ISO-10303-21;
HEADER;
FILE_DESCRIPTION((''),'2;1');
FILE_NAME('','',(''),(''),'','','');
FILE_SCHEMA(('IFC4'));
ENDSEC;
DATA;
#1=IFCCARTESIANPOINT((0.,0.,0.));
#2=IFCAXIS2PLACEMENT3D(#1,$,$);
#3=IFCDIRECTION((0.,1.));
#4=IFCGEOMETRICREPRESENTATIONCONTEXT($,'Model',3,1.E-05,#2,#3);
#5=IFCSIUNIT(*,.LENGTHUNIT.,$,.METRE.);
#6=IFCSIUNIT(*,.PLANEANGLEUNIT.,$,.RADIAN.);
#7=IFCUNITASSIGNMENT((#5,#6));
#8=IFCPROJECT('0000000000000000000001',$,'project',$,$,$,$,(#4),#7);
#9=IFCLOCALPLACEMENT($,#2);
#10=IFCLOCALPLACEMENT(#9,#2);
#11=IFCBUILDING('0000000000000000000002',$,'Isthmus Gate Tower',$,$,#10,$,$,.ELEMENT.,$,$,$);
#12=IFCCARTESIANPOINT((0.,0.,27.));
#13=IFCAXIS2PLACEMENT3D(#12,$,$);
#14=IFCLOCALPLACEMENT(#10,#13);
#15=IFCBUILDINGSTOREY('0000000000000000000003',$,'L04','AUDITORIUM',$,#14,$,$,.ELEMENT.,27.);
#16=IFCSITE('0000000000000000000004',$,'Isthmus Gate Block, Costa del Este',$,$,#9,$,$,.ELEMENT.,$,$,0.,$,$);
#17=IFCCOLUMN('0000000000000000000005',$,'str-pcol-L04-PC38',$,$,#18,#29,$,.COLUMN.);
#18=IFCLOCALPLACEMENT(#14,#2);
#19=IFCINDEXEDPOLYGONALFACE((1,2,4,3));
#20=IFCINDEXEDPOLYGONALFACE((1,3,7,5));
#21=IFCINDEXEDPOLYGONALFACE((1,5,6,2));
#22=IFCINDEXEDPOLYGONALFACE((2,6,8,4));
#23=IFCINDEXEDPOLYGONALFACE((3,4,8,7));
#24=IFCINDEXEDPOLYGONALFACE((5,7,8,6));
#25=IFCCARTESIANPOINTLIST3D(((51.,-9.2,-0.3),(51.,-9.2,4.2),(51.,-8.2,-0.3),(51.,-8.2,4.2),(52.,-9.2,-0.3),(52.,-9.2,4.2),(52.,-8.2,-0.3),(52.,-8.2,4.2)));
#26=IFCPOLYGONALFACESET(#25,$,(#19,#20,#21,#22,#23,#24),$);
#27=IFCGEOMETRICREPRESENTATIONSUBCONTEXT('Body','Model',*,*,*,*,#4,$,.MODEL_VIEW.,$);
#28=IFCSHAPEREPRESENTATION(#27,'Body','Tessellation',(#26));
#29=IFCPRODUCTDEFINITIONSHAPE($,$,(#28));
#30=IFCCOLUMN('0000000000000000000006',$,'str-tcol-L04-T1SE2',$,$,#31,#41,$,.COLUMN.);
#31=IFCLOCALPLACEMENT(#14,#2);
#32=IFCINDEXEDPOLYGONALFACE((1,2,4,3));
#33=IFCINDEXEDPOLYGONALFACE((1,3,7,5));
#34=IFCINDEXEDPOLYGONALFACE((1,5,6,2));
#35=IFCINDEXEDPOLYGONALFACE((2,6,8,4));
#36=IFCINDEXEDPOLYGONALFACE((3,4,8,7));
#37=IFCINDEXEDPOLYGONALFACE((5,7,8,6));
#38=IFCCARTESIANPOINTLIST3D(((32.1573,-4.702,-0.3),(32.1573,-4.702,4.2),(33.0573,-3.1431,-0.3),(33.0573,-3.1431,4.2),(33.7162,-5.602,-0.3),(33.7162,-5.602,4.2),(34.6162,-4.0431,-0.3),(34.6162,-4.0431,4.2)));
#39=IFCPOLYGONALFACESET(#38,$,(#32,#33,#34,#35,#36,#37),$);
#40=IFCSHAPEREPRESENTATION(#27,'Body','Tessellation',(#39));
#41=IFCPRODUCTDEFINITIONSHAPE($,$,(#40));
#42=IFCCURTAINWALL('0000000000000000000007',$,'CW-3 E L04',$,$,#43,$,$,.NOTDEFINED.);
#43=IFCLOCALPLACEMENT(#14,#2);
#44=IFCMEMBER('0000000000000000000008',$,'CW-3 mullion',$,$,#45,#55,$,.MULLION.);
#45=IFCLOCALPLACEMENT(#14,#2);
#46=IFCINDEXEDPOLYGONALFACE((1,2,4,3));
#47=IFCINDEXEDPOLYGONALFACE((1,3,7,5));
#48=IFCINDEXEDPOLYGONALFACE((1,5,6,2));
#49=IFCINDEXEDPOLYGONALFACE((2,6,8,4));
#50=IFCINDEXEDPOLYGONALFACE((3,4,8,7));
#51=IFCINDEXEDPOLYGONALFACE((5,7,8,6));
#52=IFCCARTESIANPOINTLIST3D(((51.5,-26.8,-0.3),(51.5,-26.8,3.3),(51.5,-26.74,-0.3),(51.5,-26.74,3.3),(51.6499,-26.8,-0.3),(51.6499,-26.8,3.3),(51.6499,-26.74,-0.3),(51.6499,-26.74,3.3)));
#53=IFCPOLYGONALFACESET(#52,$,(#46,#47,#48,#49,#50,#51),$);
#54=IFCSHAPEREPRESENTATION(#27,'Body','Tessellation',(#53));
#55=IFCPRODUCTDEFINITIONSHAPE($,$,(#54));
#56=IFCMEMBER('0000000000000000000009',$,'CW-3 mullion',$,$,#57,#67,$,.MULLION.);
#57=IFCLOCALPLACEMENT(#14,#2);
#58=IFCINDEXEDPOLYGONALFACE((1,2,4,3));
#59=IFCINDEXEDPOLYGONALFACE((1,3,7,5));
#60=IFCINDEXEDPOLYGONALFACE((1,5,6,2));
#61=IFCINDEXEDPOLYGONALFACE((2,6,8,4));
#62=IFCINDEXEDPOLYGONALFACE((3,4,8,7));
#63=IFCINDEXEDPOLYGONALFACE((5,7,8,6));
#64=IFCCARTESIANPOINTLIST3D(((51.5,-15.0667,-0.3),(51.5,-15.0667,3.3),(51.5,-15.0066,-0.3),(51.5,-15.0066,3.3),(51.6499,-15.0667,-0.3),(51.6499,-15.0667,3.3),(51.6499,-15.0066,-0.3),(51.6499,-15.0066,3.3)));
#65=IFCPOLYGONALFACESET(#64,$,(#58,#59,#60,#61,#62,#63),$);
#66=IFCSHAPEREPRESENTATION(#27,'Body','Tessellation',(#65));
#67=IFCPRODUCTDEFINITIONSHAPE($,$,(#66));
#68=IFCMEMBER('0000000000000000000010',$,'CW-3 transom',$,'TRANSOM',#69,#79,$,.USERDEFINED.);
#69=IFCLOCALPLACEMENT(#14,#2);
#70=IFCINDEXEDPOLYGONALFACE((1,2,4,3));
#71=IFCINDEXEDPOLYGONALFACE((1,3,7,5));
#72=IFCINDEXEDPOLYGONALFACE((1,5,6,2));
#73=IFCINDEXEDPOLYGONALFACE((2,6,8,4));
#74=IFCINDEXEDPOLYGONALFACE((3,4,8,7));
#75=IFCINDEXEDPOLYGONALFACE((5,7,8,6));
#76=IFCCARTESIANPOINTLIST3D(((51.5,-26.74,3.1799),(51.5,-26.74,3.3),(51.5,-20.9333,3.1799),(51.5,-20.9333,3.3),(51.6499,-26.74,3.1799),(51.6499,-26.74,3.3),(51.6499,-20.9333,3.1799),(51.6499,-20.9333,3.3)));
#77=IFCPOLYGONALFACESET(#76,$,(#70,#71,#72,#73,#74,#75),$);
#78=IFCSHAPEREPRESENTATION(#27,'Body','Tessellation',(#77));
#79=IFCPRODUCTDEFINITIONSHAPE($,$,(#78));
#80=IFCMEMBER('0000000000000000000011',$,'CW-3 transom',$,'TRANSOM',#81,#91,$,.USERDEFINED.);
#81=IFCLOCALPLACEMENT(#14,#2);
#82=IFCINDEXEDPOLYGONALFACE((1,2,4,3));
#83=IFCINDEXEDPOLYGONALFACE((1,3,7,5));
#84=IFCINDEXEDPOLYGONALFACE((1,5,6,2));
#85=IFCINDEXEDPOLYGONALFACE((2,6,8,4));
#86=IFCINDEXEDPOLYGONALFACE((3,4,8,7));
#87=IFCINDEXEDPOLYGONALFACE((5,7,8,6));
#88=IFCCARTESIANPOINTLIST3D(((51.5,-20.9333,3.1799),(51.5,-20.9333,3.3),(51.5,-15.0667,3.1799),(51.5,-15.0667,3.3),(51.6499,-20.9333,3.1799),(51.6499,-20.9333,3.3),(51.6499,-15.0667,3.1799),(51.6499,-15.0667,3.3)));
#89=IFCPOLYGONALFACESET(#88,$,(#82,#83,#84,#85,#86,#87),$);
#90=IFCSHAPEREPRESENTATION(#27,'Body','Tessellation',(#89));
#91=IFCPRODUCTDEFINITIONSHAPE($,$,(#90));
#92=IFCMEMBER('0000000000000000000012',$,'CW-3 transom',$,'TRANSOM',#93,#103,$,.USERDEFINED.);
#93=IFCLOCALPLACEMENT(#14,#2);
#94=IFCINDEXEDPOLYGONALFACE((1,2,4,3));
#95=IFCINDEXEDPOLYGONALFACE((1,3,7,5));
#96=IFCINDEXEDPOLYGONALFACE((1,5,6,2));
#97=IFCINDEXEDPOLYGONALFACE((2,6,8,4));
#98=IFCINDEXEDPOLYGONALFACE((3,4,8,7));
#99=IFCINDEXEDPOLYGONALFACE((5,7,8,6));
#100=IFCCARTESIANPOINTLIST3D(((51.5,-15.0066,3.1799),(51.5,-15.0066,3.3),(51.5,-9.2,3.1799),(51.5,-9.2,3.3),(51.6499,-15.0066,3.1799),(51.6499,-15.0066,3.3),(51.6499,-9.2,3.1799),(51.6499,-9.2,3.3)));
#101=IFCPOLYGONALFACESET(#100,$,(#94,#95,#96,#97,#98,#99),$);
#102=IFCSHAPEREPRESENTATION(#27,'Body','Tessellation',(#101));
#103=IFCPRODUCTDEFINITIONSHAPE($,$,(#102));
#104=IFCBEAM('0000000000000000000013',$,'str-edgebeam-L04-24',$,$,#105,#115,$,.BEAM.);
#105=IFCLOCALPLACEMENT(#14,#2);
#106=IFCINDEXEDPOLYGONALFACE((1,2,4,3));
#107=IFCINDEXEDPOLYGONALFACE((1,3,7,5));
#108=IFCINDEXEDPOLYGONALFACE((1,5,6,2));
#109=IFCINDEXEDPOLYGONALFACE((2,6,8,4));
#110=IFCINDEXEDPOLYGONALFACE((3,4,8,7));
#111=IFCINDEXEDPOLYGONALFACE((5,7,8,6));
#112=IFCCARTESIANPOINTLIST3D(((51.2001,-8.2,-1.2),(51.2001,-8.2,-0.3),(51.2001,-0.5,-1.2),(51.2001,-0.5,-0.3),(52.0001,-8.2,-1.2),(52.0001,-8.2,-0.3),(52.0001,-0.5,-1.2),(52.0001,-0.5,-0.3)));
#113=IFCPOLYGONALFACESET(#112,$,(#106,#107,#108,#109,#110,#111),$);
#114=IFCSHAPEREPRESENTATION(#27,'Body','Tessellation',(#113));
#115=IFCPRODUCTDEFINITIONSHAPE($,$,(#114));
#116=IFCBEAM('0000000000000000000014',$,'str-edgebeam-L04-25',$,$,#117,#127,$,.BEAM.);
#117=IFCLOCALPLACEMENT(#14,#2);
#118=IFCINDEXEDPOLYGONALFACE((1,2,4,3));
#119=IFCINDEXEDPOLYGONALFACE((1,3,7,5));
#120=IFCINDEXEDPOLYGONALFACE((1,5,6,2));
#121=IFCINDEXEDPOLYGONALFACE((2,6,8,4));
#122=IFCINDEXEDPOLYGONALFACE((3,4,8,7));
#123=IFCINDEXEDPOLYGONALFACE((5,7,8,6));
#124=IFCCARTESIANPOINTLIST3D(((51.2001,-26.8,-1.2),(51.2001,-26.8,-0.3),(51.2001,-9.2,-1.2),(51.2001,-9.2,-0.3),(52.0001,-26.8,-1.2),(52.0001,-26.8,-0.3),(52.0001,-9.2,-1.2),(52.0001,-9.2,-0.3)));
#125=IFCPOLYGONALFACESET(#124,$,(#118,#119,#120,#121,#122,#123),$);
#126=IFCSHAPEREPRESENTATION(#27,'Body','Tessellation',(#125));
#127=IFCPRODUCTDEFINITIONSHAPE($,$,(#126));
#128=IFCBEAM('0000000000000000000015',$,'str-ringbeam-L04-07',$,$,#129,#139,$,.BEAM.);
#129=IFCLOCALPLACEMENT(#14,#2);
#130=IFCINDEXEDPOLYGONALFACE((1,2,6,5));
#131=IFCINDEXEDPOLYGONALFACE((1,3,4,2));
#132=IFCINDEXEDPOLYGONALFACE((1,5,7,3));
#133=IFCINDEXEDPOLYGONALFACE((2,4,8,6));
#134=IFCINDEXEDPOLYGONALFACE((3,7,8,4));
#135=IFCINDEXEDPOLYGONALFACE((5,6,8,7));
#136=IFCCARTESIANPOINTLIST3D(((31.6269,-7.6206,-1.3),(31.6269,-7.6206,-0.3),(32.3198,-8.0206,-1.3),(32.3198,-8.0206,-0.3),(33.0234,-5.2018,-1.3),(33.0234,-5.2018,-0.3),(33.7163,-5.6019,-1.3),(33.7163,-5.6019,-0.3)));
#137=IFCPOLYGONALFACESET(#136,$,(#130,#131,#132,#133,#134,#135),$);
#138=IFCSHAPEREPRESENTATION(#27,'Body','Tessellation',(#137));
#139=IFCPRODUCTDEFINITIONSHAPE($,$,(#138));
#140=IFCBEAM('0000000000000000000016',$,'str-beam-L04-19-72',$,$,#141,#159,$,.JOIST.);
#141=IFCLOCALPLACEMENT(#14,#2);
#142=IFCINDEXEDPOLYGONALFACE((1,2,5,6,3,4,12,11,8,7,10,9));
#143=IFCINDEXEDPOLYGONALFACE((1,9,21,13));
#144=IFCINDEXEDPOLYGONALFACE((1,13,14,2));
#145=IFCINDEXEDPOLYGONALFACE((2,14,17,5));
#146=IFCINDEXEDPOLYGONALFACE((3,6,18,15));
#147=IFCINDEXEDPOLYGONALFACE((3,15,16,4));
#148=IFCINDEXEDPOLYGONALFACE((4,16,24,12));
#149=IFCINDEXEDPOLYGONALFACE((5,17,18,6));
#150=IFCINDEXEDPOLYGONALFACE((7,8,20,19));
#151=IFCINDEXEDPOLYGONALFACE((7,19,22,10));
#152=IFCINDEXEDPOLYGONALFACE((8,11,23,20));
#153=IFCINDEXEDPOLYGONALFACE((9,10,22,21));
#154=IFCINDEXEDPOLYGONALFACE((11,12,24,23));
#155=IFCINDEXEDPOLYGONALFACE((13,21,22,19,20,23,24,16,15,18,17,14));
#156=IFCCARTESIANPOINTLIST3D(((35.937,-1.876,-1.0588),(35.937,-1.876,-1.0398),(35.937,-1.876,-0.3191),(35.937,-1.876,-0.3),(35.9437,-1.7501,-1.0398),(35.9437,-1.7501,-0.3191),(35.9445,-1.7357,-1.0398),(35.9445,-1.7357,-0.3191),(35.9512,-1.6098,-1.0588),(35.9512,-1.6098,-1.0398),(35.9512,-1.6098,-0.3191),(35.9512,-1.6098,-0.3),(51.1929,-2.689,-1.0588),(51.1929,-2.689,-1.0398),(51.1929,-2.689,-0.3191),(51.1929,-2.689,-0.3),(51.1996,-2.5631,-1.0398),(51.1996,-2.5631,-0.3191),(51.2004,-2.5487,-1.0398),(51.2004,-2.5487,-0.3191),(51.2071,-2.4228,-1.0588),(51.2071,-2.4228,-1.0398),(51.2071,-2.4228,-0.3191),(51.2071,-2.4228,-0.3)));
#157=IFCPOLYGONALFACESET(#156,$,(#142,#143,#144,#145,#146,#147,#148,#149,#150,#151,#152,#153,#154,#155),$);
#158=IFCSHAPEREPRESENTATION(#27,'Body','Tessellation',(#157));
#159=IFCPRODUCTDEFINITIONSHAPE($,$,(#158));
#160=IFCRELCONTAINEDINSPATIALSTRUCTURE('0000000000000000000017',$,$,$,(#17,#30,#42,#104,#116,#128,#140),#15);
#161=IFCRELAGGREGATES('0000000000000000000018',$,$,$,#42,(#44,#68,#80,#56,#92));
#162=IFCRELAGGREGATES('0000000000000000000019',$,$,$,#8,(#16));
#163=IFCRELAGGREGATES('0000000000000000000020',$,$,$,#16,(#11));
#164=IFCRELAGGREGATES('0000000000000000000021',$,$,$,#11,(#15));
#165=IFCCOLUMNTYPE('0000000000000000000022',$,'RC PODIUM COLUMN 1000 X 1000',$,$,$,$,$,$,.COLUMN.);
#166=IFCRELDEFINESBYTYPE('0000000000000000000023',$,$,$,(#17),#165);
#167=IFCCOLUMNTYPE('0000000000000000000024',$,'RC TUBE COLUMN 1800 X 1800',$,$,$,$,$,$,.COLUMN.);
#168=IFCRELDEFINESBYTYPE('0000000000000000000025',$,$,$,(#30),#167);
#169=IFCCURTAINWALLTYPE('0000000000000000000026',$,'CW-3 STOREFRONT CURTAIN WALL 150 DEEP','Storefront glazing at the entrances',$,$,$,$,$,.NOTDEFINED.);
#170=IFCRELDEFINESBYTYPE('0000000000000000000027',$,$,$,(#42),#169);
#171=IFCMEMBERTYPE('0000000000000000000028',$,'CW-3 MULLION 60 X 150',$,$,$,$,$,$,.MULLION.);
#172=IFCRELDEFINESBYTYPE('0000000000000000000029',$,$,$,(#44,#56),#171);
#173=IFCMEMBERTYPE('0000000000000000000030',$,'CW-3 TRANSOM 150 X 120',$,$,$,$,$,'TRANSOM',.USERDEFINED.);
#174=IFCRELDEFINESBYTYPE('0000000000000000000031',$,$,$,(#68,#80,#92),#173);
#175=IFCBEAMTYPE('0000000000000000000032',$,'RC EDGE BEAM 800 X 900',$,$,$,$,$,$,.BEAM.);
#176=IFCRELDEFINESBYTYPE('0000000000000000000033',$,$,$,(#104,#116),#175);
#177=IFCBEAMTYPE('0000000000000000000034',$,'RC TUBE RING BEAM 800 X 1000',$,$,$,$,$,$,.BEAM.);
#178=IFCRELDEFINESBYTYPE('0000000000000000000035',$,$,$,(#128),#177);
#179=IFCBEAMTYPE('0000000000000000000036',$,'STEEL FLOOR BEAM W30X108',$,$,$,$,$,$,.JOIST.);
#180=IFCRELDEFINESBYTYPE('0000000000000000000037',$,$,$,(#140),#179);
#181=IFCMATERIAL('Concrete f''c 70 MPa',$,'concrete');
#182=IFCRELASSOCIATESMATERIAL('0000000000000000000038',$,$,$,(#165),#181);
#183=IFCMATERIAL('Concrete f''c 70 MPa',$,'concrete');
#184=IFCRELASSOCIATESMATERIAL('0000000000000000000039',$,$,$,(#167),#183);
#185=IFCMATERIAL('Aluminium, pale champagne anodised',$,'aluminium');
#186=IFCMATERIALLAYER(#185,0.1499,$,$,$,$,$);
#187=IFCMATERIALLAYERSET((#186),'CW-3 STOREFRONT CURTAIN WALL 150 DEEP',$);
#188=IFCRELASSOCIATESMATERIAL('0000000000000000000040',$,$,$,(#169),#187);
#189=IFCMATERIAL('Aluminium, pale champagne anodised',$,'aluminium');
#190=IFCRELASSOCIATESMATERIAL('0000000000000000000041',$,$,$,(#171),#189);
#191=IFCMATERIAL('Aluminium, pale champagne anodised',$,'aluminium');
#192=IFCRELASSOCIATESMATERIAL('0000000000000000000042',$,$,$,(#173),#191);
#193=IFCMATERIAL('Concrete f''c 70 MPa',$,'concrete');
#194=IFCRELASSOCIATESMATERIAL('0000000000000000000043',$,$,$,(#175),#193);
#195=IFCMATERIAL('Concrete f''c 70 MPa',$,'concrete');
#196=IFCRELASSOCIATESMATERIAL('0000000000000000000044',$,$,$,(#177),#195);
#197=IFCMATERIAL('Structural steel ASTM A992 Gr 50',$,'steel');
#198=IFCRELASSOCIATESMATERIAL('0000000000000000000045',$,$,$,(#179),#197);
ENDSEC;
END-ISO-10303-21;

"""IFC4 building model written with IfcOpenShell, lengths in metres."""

from ifc_helpers import new_model, si_unit, direction, frame, origin, origin_2d, place, context, subcontext, project, spatial, rectangle, i_section, extrude, material, layer, layer_set, material_profile, profile_set, type_object, element, aggregate, save


model = new_model("IFC4")

# Units and contexts
model_context = context("Model", 3, precision=1e-05, world=origin(), true_north=direction((0.0, 1.0)))
body_context = subcontext(model_context, "Body", "Model", "MODEL_VIEW")
ifc_project = project(units=[si_unit("LENGTHUNIT", "METRE"), si_unit("PLANEANGLEUNIT", "RADIAN")], contexts=[model_context])

# Site, building, storey
site_placement = place(None, origin())
site = spatial("IfcSite", under=ifc_project, at=site_placement, Name="Isthmus Gate Block, Costa del Este", CompositionType="ELEMENT", RefElevation=0.0)
building_placement = place(site_placement, origin())
building = spatial("IfcBuilding", under=site, at=building_placement, Name="Isthmus Gate Tower", CompositionType="ELEMENT")
storey_placement = place(building_placement, frame((0.0, 0.0, 27.0)))
storey = spatial("IfcBuildingStorey", under=building, at=storey_placement, Name="L04", Description="AUDITORIUM", CompositionType="ELEMENT", Elevation=27.0)

# Columns
ifc_material_1 = material(Name="Concrete f'c 70 MPa", Category="concrete")
ifc_material_profile_1 = material_profile(ifc_material_1, rectangle(XDim=1.0, YDim=1.0, at=origin_2d()), Name="RC 1000X1000")
ifc_profile_set_1 = profile_set([ifc_material_profile_1], Name="Concrete f'c 70 MPa")
column_type_1 = type_object("IfcColumnType", Name="RC PODIUM COLUMN 1000 X 1000", PredefinedType="COLUMN", material=ifc_profile_set_1)
column_1_placement = place(storey_placement, frame((51.5, -8.7, -0.3), z_axis=(0.0, 0.0, 1.0), x_axis=(0.0, 1.0, 0.0)))
element("IfcColumn", 1, at=column_1_placement, inside=storey, type_object=column_type_1, Name="str-pcol-L04-PC38", PredefinedType="COLUMN", context=body_context, shape_type="SweptSolid", body=[
    extrude(rectangle(XDim=1.0, YDim=1.0, at=origin_2d()), origin(), (0.0, 0.0, 1.0), 4.5),
])
ifc_material_2 = material(Name="Concrete f'c 70 MPa", Category="concrete")
ifc_material_profile_2 = material_profile(ifc_material_2, rectangle(XDim=1.8, YDim=1.8, at=origin_2d()), Name="RC 1800X1800")
ifc_profile_set_2 = profile_set([ifc_material_profile_2], Name="Concrete f'c 70 MPa")
column_type_2 = type_object("IfcColumnType", Name="RC TUBE COLUMN 1800 X 1800", PredefinedType="COLUMN", material=ifc_profile_set_2)
column_2_placement = place(storey_placement, frame((33.3867, -4.3726, -0.3), z_axis=(0.0, 0.0, 1.0), x_axis=(0.5, 0.866025, 0.0)))
element("IfcColumn", 2, at=column_2_placement, inside=storey, type_object=column_type_2, Name="str-tcol-L04-T1SE2", PredefinedType="COLUMN", context=body_context, shape_type="SweptSolid", body=[
    extrude(rectangle(XDim=1.8, YDim=1.8, at=origin_2d()), origin(), (0.0, 0.0, 1.0), 4.5),
])

# Curtain wall, members
ifc_material_3 = material(Name="Aluminium, pale champagne anodised", Category="aluminium")
ifc_layer_1 = layer(ifc_material_3, 0.1499)
ifc_layer_set_1 = layer_set([ifc_layer_1], Name="CW-3 STOREFRONT CURTAIN WALL 150 DEEP")
curtain_wall_type = type_object("IfcCurtainWallType", Name="CW-3 STOREFRONT CURTAIN WALL 150 DEEP", Description="Storefront glazing at the entrances", PredefinedType="NOTDEFINED", material=ifc_layer_set_1)
curtain_wall_placement = place(storey_placement, origin())
curtain_wall = element("IfcCurtainWall", 3, at=curtain_wall_placement, inside=storey, type_object=curtain_wall_type, Name="CW-3 E L04", PredefinedType="NOTDEFINED")
ifc_material_4 = material(Name="Aluminium, pale champagne anodised", Category="aluminium")
ifc_material_profile_3 = material_profile(ifc_material_4, rectangle(XDim=0.0601, YDim=0.1499, at=origin_2d()), Name="60x150")
ifc_profile_set_3 = profile_set([ifc_material_profile_3], Name="Aluminium, pale champagne anodised")
member_type_1 = type_object("IfcMemberType", Name="CW-3 MULLION 60 X 150", PredefinedType="MULLION", material=ifc_profile_set_3)
member_1_placement = place(storey_placement, frame((51.575, -26.77, -0.3), z_axis=(0.0, 0.0, 1.0), x_axis=(0.0, 1.0, 0.0)))
member_1 = element("IfcMember", 4, at=member_1_placement, type_object=member_type_1, Name="CW-3 mullion", PredefinedType="MULLION", context=body_context, shape_type="SweptSolid", body=[
    extrude(rectangle(XDim=0.0601, YDim=0.1499, at=origin_2d()), origin(), (0.0, 0.0, 1.0), 3.6001),
])
member_2_placement = place(storey_placement, frame((51.575, -15.0366, -0.3), z_axis=(0.0, 0.0, 1.0), x_axis=(0.0, 1.0, 0.0)))
member_2 = element("IfcMember", 5, at=member_2_placement, type_object=member_type_1, Name="CW-3 mullion", PredefinedType="MULLION", context=body_context, shape_type="SweptSolid", body=[
    extrude(rectangle(XDim=0.0601, YDim=0.1499, at=origin_2d()), origin(), (0.0, 0.0, 1.0), 3.6001),
])
ifc_material_5 = material(Name="Aluminium, pale champagne anodised", Category="aluminium")
ifc_material_profile_4 = material_profile(ifc_material_5, rectangle(XDim=0.1499, YDim=0.1201, at=origin_2d()), Name="150x120")
ifc_profile_set_4 = profile_set([ifc_material_profile_4], Name="Aluminium, pale champagne anodised")
member_type_2 = type_object("IfcMemberType", Name="CW-3 TRANSOM 150 X 120", ElementType="TRANSOM", PredefinedType="USERDEFINED", material=ifc_profile_set_4)
member_3_placement = place(storey_placement, frame((51.575, -26.74, 3.24), z_axis=(0.0, 1.0, 0.0), x_axis=(-1.0, 0.0, 0.0)))
member_3 = element("IfcMember", 6, at=member_3_placement, type_object=member_type_2, Name="CW-3 transom", ObjectType="TRANSOM", PredefinedType="USERDEFINED", context=body_context, shape_type="SweptSolid", body=[
    extrude(rectangle(XDim=0.1499, YDim=0.1201, at=origin_2d()), origin(), (0.0, 0.0, 1.0), 5.8066),
])
member_4_placement = place(storey_placement, frame((51.575, -20.9333, 3.24), z_axis=(0.0, 1.0, 0.0), x_axis=(-1.0, 0.0, 0.0)))
member_4 = element("IfcMember", 7, at=member_4_placement, type_object=member_type_2, Name="CW-3 transom", ObjectType="TRANSOM", PredefinedType="USERDEFINED", context=body_context, shape_type="SweptSolid", body=[
    extrude(rectangle(XDim=0.1499, YDim=0.1201, at=origin_2d()), origin(), (0.0, 0.0, 1.0), 5.8667),
])
member_5_placement = place(storey_placement, frame((51.575, -15.0066, 3.24), z_axis=(0.0, 1.0, 0.0), x_axis=(-1.0, 0.0, 0.0)))
member_5 = element("IfcMember", 8, at=member_5_placement, type_object=member_type_2, Name="CW-3 transom", ObjectType="TRANSOM", PredefinedType="USERDEFINED", context=body_context, shape_type="SweptSolid", body=[
    extrude(rectangle(XDim=0.1499, YDim=0.1201, at=origin_2d()), origin(), (0.0, 0.0, 1.0), 5.8066),
])

# Beams
ifc_material_6 = material(Name="Concrete f'c 70 MPa", Category="concrete")
ifc_material_profile_5 = material_profile(ifc_material_6, rectangle(XDim=0.8, YDim=0.8999, at=origin_2d()), Name="RC 800X900")
ifc_profile_set_5 = profile_set([ifc_material_profile_5], Name="Concrete f'c 70 MPa")
beam_type_1 = type_object("IfcBeamType", Name="RC EDGE BEAM 800 X 900", PredefinedType="BEAM", material=ifc_profile_set_5)
beam_1_placement = place(storey_placement, frame((51.6001, -0.5, -0.75), z_axis=(0.0, -1.0, 0.0), x_axis=(1.0, 0.0, 0.0)))
element("IfcBeam", 9, at=beam_1_placement, inside=storey, type_object=beam_type_1, Name="str-edgebeam-L04-24", PredefinedType="BEAM", context=body_context, shape_type="SweptSolid", body=[
    extrude(rectangle(XDim=0.8, YDim=0.8999, at=origin_2d()), origin(), (0.0, 0.0, 1.0), 7.7),
])
beam_2_placement = place(storey_placement, frame((51.6001, -9.2, -0.75), z_axis=(0.0, -1.0, 0.0), x_axis=(1.0, 0.0, 0.0)))
element("IfcBeam", 10, at=beam_2_placement, inside=storey, type_object=beam_type_1, Name="str-edgebeam-L04-25", PredefinedType="BEAM", context=body_context, shape_type="SweptSolid", body=[
    extrude(rectangle(XDim=0.8, YDim=0.8999, at=origin_2d()), origin(), (0.0, 0.0, 1.0), 17.6001),
])
ifc_material_7 = material(Name="Concrete f'c 70 MPa", Category="concrete")
ifc_material_profile_6 = material_profile(ifc_material_7, rectangle(XDim=0.8, YDim=1.0, at=origin_2d()), Name="RC 800X1000")
ifc_profile_set_6 = profile_set([ifc_material_profile_6], Name="Concrete f'c 70 MPa")
beam_type_2 = type_object("IfcBeamType", Name="RC TUBE RING BEAM 800 X 1000", PredefinedType="BEAM", material=ifc_profile_set_6)
beam_3_placement = place(storey_placement, frame((33.3699, -5.4019, -0.8), z_axis=(-0.500013, -0.866018, 0.0), x_axis=(0.866018, -0.500013, 0.0)))
element("IfcBeam", 11, at=beam_3_placement, inside=storey, type_object=beam_type_2, Name="str-ringbeam-L04-07", PredefinedType="BEAM", context=body_context, shape_type="SweptSolid", body=[
    extrude(rectangle(XDim=0.8, YDim=1.0, at=origin_2d()), origin(), (0.0, 0.0, 1.0), 2.793),
])
ifc_material_8 = material(Name="Structural steel ASTM A992 Gr 50", Category="steel")
ifc_material_profile_7 = material_profile(ifc_material_8, i_section(OverallWidth=0.2666, OverallDepth=0.7588, WebThickness=0.0144, FlangeThickness=0.019, at=origin_2d()), Name="W30X108")
ifc_profile_set_7 = profile_set([ifc_material_profile_7], Name="Structural steel ASTM A992 Gr 50")
beam_type_3 = type_object("IfcBeamType", Name="STEEL FLOOR BEAM W30X108", PredefinedType="JOIST", material=ifc_profile_set_7)
beam_4_placement = place(storey_placement, frame((35.9441, -1.7429, -0.6794), z_axis=(0.998583, -0.053215, 0.0), x_axis=(0.053215, 0.998583, 0.0)))
element("IfcBeam", 12, at=beam_4_placement, inside=storey, type_object=beam_type_3, Name="str-beam-L04-19-72", PredefinedType="JOIST", context=body_context, shape_type="SweptSolid", body=[
    extrude(i_section(OverallWidth=0.2666, OverallDepth=0.7588, WebThickness=0.0144, FlangeThickness=0.019, at=origin_2d()), origin(), (0.0, 0.0, 1.0), 15.2776),
])

aggregate(curtain_wall, [member_1, member_3, member_4, member_2, member_5])

save(model, "model.ifc")
